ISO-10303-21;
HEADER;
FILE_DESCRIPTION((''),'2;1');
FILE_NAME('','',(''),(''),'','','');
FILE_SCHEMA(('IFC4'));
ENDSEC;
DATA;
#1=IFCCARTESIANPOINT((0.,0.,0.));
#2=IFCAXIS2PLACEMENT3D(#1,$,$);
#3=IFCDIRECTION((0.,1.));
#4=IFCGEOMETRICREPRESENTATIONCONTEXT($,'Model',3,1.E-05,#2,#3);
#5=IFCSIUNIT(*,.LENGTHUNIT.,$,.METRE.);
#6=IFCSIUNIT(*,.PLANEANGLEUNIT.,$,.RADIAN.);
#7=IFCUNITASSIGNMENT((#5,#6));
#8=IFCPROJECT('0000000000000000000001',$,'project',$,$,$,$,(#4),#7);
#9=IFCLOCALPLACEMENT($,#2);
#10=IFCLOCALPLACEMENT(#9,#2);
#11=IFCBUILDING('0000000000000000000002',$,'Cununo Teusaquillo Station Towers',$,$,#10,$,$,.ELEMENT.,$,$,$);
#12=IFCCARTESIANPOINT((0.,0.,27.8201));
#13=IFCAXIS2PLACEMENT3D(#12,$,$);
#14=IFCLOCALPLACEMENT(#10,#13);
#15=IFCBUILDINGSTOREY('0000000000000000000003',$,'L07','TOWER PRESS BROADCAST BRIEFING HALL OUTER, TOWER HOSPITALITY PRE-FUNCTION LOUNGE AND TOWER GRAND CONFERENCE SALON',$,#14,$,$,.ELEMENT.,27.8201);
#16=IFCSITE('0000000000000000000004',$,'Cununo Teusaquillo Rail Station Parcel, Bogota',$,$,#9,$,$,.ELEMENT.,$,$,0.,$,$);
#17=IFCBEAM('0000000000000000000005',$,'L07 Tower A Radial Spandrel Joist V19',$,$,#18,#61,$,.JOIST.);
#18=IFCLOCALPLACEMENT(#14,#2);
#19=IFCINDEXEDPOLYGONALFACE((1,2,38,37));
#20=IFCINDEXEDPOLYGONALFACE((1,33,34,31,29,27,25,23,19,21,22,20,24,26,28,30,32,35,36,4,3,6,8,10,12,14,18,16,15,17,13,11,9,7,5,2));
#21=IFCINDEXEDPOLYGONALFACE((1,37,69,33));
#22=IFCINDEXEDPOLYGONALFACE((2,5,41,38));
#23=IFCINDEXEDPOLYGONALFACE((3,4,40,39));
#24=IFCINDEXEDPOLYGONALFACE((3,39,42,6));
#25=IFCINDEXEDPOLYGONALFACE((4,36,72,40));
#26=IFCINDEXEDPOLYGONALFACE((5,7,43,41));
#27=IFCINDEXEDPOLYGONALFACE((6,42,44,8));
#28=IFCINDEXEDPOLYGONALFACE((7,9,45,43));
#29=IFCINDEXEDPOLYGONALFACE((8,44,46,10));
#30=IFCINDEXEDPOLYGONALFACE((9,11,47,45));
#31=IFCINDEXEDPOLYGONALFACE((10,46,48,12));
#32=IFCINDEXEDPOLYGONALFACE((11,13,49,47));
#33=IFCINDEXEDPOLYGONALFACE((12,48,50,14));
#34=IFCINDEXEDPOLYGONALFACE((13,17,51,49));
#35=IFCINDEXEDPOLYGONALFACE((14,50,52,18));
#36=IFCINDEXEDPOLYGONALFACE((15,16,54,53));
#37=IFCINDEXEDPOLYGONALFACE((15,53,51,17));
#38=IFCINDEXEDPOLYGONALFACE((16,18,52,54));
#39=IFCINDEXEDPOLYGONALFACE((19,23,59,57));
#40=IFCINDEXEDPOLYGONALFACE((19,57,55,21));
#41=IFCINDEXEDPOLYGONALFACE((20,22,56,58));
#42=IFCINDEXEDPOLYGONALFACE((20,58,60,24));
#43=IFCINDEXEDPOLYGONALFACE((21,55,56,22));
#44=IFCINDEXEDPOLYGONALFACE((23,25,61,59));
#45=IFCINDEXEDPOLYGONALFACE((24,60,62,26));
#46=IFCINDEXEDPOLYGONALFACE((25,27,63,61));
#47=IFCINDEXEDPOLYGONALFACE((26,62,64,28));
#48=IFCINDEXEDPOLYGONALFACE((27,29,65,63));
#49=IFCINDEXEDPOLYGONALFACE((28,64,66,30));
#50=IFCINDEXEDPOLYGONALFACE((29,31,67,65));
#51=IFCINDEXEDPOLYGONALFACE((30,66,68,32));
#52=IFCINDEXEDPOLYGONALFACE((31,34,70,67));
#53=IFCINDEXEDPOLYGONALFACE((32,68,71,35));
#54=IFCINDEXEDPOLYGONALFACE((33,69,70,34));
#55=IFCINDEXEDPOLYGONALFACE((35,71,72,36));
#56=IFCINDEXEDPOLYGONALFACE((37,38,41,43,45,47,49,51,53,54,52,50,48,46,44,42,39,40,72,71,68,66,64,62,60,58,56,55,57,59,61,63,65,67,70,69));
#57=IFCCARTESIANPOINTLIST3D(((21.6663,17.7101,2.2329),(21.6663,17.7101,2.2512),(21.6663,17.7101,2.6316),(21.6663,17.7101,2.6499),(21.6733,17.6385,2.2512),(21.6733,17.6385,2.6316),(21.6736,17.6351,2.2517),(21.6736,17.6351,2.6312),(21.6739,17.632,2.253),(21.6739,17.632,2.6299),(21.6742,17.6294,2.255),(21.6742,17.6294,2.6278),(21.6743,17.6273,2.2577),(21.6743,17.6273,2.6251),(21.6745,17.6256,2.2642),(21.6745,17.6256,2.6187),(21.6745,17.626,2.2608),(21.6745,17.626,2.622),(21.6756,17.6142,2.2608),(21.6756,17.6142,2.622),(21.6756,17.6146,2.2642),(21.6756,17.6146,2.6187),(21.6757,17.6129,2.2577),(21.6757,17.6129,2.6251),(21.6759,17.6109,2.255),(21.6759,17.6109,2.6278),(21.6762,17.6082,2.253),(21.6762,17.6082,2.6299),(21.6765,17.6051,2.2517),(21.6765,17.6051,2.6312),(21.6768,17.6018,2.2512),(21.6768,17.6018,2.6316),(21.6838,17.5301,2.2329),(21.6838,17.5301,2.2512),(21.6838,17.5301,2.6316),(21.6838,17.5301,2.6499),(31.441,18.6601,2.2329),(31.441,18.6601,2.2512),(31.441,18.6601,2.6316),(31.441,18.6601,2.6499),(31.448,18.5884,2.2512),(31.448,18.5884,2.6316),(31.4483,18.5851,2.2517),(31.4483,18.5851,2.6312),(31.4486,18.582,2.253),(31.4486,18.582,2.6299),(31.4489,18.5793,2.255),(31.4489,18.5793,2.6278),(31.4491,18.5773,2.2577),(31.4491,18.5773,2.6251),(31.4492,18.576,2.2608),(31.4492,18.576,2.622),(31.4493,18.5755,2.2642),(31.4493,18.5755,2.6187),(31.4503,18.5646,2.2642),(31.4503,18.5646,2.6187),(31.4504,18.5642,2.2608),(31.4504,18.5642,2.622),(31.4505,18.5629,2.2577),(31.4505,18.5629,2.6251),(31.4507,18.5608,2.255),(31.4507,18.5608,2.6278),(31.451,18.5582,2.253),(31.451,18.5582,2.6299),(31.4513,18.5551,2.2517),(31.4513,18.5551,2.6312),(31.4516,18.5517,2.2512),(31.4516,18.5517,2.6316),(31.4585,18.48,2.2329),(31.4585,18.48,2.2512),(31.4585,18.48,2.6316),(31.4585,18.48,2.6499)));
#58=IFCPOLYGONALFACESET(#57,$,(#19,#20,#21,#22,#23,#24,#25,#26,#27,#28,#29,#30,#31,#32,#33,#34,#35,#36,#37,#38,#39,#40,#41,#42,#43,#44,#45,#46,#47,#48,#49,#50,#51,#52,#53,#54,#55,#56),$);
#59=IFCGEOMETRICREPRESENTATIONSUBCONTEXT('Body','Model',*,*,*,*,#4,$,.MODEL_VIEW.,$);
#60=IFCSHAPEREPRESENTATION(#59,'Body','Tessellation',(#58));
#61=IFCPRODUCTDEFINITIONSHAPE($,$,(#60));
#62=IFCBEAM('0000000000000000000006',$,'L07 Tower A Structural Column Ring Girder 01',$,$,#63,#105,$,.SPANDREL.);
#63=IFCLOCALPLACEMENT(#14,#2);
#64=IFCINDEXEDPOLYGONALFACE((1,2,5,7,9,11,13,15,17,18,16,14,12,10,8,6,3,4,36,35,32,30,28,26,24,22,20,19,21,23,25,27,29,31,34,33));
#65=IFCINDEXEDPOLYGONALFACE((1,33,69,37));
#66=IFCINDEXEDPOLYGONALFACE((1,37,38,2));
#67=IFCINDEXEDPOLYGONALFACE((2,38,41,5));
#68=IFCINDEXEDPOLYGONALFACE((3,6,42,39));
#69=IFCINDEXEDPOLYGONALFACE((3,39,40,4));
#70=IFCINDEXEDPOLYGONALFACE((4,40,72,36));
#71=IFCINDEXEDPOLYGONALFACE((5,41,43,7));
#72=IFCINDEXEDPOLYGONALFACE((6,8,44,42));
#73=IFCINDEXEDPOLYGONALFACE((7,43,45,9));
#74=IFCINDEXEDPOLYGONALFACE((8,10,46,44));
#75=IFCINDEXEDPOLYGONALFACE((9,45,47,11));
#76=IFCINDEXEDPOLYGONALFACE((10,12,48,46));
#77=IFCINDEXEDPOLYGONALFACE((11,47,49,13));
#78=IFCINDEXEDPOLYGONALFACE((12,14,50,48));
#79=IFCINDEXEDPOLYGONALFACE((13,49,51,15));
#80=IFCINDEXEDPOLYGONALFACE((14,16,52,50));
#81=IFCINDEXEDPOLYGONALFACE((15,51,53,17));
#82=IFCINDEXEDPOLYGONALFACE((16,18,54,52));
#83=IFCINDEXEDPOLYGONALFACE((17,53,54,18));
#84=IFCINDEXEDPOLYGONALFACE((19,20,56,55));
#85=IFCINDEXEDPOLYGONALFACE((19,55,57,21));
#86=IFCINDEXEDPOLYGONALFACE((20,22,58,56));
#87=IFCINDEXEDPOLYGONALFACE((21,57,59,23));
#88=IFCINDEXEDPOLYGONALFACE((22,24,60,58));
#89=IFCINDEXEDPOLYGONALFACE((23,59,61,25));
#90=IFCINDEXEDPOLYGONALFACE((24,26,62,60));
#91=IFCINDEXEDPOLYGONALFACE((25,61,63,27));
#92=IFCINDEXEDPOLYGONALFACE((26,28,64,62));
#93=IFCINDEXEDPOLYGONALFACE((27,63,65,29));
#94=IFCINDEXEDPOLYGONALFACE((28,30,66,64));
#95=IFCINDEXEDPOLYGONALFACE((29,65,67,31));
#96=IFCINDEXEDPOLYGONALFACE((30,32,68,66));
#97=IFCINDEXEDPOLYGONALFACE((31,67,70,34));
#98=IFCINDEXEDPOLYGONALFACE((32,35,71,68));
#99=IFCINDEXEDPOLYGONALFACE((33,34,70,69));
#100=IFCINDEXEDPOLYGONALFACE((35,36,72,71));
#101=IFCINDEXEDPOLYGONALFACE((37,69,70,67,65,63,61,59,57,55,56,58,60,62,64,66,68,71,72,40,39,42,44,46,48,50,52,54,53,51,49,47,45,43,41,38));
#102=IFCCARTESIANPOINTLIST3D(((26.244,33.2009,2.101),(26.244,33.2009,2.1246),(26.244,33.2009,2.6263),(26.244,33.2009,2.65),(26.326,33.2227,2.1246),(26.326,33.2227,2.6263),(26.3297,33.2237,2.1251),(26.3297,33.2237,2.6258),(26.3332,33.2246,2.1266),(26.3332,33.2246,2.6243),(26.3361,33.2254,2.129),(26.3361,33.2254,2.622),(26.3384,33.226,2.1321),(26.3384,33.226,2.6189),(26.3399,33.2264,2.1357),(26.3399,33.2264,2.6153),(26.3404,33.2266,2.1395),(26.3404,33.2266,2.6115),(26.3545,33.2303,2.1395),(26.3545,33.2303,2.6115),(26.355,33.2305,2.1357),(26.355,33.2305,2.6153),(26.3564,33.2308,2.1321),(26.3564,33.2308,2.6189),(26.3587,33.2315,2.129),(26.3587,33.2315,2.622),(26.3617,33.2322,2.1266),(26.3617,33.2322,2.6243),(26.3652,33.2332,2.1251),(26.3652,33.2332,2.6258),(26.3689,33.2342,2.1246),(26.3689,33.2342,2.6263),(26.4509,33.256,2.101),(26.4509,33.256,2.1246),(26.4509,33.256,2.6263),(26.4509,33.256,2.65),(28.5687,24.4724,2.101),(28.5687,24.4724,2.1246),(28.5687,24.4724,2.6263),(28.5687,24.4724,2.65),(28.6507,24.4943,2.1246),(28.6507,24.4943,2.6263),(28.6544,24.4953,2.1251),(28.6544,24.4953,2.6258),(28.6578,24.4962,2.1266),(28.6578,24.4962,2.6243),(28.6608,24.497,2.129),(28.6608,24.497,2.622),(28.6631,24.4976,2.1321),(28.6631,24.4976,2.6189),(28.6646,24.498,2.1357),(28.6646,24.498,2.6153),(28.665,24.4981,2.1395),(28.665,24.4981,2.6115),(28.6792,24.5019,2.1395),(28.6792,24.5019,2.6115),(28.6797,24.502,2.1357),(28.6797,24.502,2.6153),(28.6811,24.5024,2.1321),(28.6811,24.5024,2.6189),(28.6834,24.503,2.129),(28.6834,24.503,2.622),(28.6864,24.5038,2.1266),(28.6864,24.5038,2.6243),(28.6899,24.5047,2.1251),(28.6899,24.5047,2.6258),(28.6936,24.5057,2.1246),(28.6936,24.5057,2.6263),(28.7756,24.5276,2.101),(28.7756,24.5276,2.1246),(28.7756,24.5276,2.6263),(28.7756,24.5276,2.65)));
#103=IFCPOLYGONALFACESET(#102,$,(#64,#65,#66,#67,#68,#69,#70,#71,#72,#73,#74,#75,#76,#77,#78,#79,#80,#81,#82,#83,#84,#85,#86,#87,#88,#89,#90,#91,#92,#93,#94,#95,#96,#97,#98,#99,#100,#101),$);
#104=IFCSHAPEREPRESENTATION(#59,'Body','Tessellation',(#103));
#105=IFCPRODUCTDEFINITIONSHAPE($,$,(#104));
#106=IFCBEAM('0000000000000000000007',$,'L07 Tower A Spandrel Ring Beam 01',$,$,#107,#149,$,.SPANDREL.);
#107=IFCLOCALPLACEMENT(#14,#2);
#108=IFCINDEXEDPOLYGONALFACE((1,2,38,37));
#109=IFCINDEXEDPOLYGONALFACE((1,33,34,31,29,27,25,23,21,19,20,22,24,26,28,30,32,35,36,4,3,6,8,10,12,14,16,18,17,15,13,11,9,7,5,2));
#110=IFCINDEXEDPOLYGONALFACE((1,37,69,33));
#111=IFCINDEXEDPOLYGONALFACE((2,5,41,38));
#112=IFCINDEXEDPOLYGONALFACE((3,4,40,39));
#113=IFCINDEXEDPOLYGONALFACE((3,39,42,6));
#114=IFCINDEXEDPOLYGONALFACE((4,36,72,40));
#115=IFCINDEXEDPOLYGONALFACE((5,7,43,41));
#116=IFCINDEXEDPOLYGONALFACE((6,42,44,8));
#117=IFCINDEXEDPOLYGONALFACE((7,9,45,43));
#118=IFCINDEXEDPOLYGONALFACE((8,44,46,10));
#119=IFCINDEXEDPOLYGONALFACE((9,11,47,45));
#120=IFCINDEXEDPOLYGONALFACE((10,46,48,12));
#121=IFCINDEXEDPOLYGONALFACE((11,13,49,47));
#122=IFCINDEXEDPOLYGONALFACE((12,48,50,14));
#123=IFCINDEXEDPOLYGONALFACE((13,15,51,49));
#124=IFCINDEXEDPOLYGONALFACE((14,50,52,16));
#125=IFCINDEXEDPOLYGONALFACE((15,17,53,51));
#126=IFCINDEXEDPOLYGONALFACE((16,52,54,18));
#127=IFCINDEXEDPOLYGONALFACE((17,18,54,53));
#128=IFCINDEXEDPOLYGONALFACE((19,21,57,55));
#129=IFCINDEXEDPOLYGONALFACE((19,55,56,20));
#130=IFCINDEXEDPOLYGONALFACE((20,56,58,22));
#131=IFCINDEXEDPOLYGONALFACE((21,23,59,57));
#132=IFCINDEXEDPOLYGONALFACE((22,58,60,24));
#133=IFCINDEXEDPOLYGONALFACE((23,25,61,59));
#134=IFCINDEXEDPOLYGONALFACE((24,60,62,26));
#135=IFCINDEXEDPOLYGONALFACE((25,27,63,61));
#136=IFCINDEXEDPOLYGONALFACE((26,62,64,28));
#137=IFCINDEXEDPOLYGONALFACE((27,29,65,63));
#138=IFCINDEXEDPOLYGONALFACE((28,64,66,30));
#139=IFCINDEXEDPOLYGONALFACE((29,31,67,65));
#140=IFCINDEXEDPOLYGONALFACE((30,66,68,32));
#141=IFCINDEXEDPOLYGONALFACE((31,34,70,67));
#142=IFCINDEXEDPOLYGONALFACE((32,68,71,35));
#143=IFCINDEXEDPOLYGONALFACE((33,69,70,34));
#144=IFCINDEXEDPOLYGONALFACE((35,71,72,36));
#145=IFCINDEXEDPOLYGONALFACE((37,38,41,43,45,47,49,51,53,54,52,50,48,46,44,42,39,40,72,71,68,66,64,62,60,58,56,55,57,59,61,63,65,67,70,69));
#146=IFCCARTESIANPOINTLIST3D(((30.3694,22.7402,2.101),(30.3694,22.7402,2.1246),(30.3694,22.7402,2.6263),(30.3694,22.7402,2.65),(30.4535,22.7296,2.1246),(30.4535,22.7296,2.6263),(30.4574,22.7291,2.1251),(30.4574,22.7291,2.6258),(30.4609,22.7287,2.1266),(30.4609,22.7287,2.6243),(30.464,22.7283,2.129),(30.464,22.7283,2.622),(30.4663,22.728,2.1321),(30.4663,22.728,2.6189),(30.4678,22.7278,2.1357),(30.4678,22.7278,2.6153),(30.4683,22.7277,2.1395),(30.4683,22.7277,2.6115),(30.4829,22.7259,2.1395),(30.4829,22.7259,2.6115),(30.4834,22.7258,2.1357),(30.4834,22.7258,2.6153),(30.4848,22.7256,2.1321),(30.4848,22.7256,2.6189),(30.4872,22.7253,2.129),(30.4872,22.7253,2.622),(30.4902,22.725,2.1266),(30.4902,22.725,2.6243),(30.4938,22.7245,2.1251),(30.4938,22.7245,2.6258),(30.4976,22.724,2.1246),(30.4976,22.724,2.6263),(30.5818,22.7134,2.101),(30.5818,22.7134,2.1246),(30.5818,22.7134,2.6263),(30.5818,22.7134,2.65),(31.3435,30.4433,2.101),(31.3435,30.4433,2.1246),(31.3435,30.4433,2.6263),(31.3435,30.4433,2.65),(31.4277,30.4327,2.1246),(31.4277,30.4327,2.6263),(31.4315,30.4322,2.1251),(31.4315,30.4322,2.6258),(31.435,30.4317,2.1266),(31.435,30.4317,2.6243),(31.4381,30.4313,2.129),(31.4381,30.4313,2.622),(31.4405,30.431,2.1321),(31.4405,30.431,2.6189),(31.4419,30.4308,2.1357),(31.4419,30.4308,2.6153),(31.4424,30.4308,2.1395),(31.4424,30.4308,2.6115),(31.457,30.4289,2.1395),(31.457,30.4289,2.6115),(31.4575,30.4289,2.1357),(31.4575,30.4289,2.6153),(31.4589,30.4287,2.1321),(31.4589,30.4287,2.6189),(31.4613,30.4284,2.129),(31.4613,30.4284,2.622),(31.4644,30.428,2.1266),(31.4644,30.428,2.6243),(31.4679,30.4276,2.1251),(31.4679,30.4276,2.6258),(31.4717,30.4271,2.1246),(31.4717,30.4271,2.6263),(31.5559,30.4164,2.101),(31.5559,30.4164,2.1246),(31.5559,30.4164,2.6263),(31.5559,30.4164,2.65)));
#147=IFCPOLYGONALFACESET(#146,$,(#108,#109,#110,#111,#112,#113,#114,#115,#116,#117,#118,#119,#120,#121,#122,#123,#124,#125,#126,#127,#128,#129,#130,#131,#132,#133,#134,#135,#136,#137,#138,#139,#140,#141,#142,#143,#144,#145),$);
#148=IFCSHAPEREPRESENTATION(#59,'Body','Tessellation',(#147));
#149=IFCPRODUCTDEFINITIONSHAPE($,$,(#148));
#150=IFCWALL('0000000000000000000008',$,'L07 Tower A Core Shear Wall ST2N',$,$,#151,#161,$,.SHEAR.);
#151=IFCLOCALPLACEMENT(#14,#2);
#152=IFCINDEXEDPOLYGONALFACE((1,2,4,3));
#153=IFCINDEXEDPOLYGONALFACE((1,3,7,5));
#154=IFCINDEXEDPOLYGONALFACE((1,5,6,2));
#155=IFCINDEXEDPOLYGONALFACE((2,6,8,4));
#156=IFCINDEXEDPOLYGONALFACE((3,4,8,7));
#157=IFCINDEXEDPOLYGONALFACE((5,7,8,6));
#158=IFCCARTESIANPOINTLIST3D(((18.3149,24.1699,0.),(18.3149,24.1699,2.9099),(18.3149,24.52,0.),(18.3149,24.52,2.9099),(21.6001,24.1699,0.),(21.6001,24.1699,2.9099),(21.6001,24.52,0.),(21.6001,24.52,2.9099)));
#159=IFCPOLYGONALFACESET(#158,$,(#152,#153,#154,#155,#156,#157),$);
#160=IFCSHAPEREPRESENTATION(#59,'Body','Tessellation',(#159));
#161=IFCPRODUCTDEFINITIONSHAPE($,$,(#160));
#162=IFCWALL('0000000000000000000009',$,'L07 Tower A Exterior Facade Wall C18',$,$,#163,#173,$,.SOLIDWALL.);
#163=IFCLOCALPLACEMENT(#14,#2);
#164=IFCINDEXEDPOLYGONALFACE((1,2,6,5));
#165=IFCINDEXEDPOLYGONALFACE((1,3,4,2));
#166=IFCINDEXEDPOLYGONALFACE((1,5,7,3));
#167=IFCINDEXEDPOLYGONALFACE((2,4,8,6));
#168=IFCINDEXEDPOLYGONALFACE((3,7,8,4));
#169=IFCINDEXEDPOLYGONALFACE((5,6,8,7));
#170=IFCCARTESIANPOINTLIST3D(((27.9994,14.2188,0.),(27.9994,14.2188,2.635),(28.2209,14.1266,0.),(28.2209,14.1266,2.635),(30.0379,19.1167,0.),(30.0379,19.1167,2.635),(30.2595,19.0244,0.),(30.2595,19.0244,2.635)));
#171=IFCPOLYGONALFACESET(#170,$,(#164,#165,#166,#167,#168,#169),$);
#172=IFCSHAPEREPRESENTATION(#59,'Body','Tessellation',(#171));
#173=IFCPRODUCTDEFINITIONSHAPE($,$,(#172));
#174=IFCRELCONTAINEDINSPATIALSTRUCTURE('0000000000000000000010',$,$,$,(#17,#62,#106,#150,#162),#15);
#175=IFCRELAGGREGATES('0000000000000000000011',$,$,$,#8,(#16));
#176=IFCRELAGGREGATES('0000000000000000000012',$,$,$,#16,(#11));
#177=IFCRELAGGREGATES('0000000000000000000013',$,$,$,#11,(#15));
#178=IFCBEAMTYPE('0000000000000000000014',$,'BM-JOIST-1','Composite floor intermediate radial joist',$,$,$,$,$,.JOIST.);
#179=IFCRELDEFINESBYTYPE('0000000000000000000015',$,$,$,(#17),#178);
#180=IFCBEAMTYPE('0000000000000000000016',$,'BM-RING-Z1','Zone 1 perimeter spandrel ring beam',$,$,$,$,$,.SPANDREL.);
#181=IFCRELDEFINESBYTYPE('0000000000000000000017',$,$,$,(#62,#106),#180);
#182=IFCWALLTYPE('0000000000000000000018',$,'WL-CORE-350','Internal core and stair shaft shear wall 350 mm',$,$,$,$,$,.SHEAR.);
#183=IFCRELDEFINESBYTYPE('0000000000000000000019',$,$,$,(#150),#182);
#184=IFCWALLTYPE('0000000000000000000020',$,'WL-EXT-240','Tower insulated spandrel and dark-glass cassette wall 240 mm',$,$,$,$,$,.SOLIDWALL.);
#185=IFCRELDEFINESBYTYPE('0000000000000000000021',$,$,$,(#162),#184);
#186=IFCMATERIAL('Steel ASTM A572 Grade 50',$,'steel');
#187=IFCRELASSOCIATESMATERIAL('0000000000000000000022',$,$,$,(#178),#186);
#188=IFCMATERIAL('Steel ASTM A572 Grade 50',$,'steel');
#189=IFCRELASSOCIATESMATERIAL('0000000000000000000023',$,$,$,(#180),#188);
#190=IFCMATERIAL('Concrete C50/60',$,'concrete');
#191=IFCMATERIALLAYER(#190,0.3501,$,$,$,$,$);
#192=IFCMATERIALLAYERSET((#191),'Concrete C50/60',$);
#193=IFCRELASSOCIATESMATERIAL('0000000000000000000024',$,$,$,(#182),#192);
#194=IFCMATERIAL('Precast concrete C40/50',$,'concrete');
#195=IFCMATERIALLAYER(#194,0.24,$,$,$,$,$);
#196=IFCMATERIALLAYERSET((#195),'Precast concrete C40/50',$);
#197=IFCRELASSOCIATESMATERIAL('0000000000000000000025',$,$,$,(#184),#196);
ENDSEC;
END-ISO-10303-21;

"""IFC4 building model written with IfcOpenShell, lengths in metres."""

from ifc_helpers import new_model, si_unit, direction, frame, frame_2d, origin, origin_2d, place, context, subcontext, project, spatial, rectangle, i_section, extrude, material, layer, layer_set, material_profile, profile_set, type_object, element, save


model = new_model("IFC4")

# Units and contexts
model_context = context("Model", 3, precision=1e-05, world=origin(), true_north=direction((0.0, 1.0)))
body_context = subcontext(model_context, "Body", "Model", "MODEL_VIEW")
ifc_project = project(units=[si_unit("LENGTHUNIT", "METRE"), si_unit("PLANEANGLEUNIT", "RADIAN")], contexts=[model_context])

# Site, building, storey
site_placement = place(None, origin())
site = spatial("IfcSite", under=ifc_project, at=site_placement, Name="Cununo Teusaquillo Rail Station Parcel, Bogota", CompositionType="ELEMENT", RefElevation=0.0)
building_placement = place(site_placement, origin())
building = spatial("IfcBuilding", under=site, at=building_placement, Name="Cununo Teusaquillo Station Towers", CompositionType="ELEMENT")
storey_placement = place(building_placement, frame((0.0, 0.0, 27.8201)))
storey = spatial("IfcBuildingStorey", under=building, at=storey_placement, Name="L07", Description="TOWER PRESS BROADCAST BRIEFING HALL OUTER, TOWER HOSPITALITY PRE-FUNCTION LOUNGE AND TOWER GRAND CONFERENCE SALON", CompositionType="ELEMENT", Elevation=27.8201)

# Beams
ifc_material_1 = material(Name="Steel ASTM A572 Grade 50", Category="steel")
ifc_material_profile_1 = material_profile(ifc_material_1, i_section(OverallWidth=0.1809, OverallDepth=0.417, WebThickness=0.011, FlangeThickness=0.0183, FilletRadius=0.0129, at=origin_2d()), Name="W16X57")
ifc_profile_set_1 = profile_set([ifc_material_profile_1], Name="Steel ASTM A572 Grade 50")
beam_type_1 = type_object("IfcBeamType", Name="BM-JOIST-1", Description="Composite floor intermediate radial joist", PredefinedType="JOIST", material=ifc_profile_set_1)
beam_1_placement = place(storey_placement, frame((21.675, 17.6201, 2.4414), z_axis=(0.995311, 0.096729, 0.0), x_axis=(-0.096729, 0.995311, 0.0)))
element("IfcBeam", 1, at=beam_1_placement, inside=storey, type_object=beam_type_1, Name="L07 Tower A Radial Spandrel Joist V19", PredefinedType="JOIST", context=body_context, shape_type="SweptSolid", body=[
    extrude(i_section(OverallWidth=0.1809, OverallDepth=0.417, WebThickness=0.011, FlangeThickness=0.0183, FilletRadius=0.0129, at=origin_2d()), origin(), (0.0, 0.0, 1.0), 9.8208),
])
ifc_material_2 = material(Name="Steel ASTM A572 Grade 50", Category="steel")
ifc_material_profile_2 = material_profile(ifc_material_2, i_section(OverallWidth=0.2141, OverallDepth=0.5491, WebThickness=0.0146, FlangeThickness=0.0237, FilletRadius=0.0149, at=origin_2d()), Name="W21X93")
ifc_profile_set_2 = profile_set([ifc_material_profile_2], Name="Steel ASTM A572 Grade 50")
beam_type_2 = type_object("IfcBeamType", Name="BM-RING-Z1", Description="Zone 1 perimeter spandrel ring beam", PredefinedType="SPANDREL", material=ifc_profile_set_2)
beam_2_placement = place(storey_placement, frame((28.6721, 24.5, 2.3755), z_axis=(-0.257363, 0.966315, 0.0), x_axis=(-0.966315, -0.257363, 0.0)))
element("IfcBeam", 2, at=beam_2_placement, inside=storey, type_object=beam_type_2, Name="L07 Tower A Structural Column Ring Girder 01", PredefinedType="SPANDREL", context=body_context, shape_type="SweptSolid", body=[
    extrude(i_section(OverallWidth=0.2141, OverallDepth=0.5491, WebThickness=0.0146, FlangeThickness=0.0237, FilletRadius=0.0149, at=origin_2d()), origin(), (0.0, 0.0, 1.0), 9.0327),
])
beam_3_placement = place(storey_placement, frame((30.4756, 22.7268, 2.3755), z_axis=(0.125459, 0.992099, 0.0), x_axis=(-0.992099, 0.125459, 0.0)))
element("IfcBeam", 3, at=beam_3_placement, inside=storey, type_object=beam_type_2, Name="L07 Tower A Spandrel Ring Beam 01", PredefinedType="SPANDREL", context=body_context, shape_type="SweptSolid", body=[
    extrude(i_section(OverallWidth=0.2141, OverallDepth=0.5491, WebThickness=0.0146, FlangeThickness=0.0237, FilletRadius=0.0149, at=origin_2d()), origin(), (0.0, 0.0, 1.0), 7.7644),
])

# Walls
ifc_material_3 = material(Name="Concrete C50/60", Category="concrete")
ifc_layer_1 = layer(ifc_material_3, 0.3501)
ifc_layer_set_1 = layer_set([ifc_layer_1], Name="Concrete C50/60")
wall_type_1 = type_object("IfcWallType", Name="WL-CORE-350", Description="Internal core and stair shaft shear wall 350 mm", PredefinedType="SHEAR", material=ifc_layer_set_1)
wall_1_placement = place(storey_placement, frame((18.3149, 24.345, 0.0), z_axis=(0.0, 0.0, 1.0), x_axis=(1.0, 0.0, 0.0)))
element("IfcWall", 4, at=wall_1_placement, inside=storey, type_object=wall_type_1, Name="L07 Tower A Core Shear Wall ST2N", PredefinedType="SHEAR", context=body_context, shape_type="SweptSolid", body=[
    extrude(rectangle(XDim=3.2852, YDim=0.3501, at=frame_2d((1.6426, 0.0))), origin(), (0.0, 0.0, 1.0), 2.9099),
])
ifc_material_4 = material(Name="Precast concrete C40/50", Category="concrete")
ifc_layer_2 = layer(ifc_material_4, 0.24)
ifc_layer_set_2 = layer_set([ifc_layer_2], Name="Precast concrete C40/50")
wall_type_2 = type_object("IfcWallType", Name="WL-EXT-240", Description="Tower insulated spandrel and dark-glass cassette wall 240 mm", PredefinedType="SOLIDWALL", material=ifc_layer_set_2)
wall_2_placement = place(storey_placement, frame((30.1487, 19.0706, 0.0), z_axis=(0.0, 0.0, 1.0), x_axis=(-0.384256, -0.923227, 0.0)))
element("IfcWall", 5, at=wall_2_placement, inside=storey, type_object=wall_type_2, Name="L07 Tower A Exterior Facade Wall C18", PredefinedType="SOLIDWALL", context=body_context, shape_type="SweptSolid", body=[
    extrude(rectangle(XDim=5.3052, YDim=0.24, at=frame_2d((2.6526, 0.0))), origin(), (0.0, 0.0, 1.0), 2.635),
])

save(model, "model.ifc")
